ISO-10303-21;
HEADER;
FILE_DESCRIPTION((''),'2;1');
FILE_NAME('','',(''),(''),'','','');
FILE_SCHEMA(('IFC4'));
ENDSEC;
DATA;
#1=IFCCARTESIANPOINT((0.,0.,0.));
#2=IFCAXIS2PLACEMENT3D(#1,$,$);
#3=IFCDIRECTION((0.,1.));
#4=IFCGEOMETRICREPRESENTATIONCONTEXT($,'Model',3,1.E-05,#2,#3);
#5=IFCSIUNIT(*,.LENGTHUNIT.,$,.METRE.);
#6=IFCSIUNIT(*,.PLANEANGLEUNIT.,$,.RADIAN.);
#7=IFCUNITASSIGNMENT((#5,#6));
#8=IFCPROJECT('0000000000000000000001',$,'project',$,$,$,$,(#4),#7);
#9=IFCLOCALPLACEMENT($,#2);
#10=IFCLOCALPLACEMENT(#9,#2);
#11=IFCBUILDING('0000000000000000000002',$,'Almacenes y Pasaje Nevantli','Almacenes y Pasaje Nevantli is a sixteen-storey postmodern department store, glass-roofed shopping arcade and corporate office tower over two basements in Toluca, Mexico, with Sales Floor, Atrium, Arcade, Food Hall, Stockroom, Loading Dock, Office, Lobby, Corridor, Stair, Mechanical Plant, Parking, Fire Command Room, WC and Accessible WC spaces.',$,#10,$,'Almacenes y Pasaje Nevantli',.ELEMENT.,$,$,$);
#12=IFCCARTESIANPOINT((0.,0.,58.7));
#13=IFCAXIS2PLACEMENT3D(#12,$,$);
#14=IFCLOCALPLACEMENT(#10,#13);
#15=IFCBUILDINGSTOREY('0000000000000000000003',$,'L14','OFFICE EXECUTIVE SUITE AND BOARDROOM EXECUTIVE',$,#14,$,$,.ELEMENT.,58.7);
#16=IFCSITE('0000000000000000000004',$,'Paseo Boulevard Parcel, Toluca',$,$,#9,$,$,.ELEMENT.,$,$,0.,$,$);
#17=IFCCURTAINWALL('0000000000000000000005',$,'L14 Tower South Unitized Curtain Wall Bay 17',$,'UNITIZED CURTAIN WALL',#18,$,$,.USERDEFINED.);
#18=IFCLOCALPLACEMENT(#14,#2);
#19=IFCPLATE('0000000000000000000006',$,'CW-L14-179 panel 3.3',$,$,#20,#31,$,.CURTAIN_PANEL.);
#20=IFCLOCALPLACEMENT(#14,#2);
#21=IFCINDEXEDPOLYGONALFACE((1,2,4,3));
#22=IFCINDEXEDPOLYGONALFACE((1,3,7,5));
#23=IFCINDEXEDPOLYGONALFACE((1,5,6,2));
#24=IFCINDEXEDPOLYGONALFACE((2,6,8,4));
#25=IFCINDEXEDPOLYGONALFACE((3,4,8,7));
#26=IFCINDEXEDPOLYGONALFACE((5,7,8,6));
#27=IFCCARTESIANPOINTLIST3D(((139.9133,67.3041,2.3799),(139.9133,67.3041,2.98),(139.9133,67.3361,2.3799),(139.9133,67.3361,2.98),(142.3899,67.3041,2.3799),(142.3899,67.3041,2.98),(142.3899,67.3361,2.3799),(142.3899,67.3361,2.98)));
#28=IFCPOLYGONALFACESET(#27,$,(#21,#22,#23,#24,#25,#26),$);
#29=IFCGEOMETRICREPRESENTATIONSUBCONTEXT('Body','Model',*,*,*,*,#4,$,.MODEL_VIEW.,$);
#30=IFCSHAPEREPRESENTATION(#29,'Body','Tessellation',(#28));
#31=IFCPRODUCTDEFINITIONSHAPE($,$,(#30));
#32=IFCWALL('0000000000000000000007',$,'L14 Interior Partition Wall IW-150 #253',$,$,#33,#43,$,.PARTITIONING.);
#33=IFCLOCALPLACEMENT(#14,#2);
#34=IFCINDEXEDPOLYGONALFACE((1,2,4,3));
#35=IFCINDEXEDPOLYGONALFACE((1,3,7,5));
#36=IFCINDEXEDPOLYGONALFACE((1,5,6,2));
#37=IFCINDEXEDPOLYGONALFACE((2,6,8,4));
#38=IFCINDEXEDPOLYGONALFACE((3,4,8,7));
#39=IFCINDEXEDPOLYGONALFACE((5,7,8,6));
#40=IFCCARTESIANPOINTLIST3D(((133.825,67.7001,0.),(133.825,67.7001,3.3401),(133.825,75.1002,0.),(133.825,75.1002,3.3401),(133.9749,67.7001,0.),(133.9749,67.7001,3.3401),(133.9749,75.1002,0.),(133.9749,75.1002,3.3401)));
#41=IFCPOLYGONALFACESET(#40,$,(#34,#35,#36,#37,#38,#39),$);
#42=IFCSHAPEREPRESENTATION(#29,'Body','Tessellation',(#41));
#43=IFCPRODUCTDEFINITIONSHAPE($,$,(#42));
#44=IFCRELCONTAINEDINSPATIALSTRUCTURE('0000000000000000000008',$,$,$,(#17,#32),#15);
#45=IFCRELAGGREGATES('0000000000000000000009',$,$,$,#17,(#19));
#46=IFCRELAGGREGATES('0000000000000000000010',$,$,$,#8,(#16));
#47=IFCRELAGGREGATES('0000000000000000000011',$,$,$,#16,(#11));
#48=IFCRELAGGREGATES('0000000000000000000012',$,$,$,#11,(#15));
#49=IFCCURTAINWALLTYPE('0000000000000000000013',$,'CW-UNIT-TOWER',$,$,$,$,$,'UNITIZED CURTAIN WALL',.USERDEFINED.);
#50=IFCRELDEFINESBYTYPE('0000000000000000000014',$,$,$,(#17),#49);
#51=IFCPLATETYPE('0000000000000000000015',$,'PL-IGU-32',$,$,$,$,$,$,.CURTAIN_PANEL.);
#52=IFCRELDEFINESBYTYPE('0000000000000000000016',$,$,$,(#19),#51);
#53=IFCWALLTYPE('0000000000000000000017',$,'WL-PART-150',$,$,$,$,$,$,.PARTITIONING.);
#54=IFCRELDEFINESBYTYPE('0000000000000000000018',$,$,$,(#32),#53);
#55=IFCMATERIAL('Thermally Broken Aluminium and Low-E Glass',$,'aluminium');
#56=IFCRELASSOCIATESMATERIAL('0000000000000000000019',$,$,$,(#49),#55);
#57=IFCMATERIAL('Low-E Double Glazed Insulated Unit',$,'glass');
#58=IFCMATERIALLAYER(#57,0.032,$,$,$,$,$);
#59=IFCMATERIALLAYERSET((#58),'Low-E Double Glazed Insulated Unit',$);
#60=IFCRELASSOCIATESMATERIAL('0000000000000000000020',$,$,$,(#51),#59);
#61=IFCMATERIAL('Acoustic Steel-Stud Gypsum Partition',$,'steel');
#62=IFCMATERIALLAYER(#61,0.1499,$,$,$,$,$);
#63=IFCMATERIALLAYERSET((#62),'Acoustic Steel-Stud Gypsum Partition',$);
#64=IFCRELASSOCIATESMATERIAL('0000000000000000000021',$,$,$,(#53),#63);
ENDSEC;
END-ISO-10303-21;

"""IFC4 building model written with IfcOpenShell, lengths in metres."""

from ifc_helpers import new_model, si_unit, direction, frame, frame_2d, origin, origin_2d, place, context, subcontext, project, spatial, rectangle, extrude, material, layer, layer_set, type_object, element, aggregate, save


model = new_model("IFC4")

# Units and contexts
model_context = context("Model", 3, precision=1e-05, world=origin(), true_north=direction((0.0, 1.0)))
body_context = subcontext(model_context, "Body", "Model", "MODEL_VIEW")
ifc_project = project(units=[si_unit("LENGTHUNIT", "METRE"), si_unit("PLANEANGLEUNIT", "RADIAN")], contexts=[model_context])

# Site, building, storey
site_placement = place(None, origin())
site = spatial("IfcSite", under=ifc_project, at=site_placement, Name="Paseo Boulevard Parcel, Toluca", CompositionType="ELEMENT", RefElevation=0.0)
building_placement = place(site_placement, origin())
building = spatial("IfcBuilding", under=site, at=building_placement, Name="Almacenes y Pasaje Nevantli", Description="Almacenes y Pasaje Nevantli is a sixteen-storey postmodern department store, glass-roofed shopping arcade and corporate office tower over two basements in Toluca, Mexico, with Sales Floor, Atrium, Arcade, Food Hall, Stockroom, Loading Dock, Office, Lobby, Corridor, Stair, Mechanical Plant, Parking, Fire Command Room, WC and Accessible WC spaces.", LongName="Almacenes y Pasaje Nevantli", CompositionType="ELEMENT")
storey_placement = place(building_placement, frame((0.0, 0.0, 58.7)))
storey = spatial("IfcBuildingStorey", under=building, at=storey_placement, Name="L14", Description="OFFICE EXECUTIVE SUITE AND BOARDROOM EXECUTIVE", CompositionType="ELEMENT", Elevation=58.7)

# Curtain wall, plate
ifc_material_1 = material(Name="Thermally Broken Aluminium and Low-E Glass", Category="aluminium")
curtain_wall_type = type_object("IfcCurtainWallType", Name="CW-UNIT-TOWER", ElementType="UNITIZED CURTAIN WALL", PredefinedType="USERDEFINED", material=ifc_material_1)
curtain_wall_placement = place(storey_placement, origin())
curtain_wall = element("IfcCurtainWall", 1, at=curtain_wall_placement, inside=storey, type_object=curtain_wall_type, Name="L14 Tower South Unitized Curtain Wall Bay 17", ObjectType="UNITIZED CURTAIN WALL", PredefinedType="USERDEFINED")
ifc_material_2 = material(Name="Low-E Double Glazed Insulated Unit", Category="glass")
ifc_layer_1 = layer(ifc_material_2, 0.032)
ifc_layer_set_1 = layer_set([ifc_layer_1], Name="Low-E Double Glazed Insulated Unit")
plate_type = type_object("IfcPlateType", Name="PL-IGU-32", PredefinedType="CURTAIN_PANEL", material=ifc_layer_set_1)
plate_1_placement = place(storey_placement, frame((141.1516, 67.3201, 2.3799), z_axis=(0.0, 0.0, 1.0), x_axis=(1.0, 0.0, 0.0)))
plate_1 = element("IfcPlate", 2, at=plate_1_placement, type_object=plate_type, Name="CW-L14-179 panel 3.3", PredefinedType="CURTAIN_PANEL", context=body_context, shape_type="SweptSolid", body=[
    extrude(rectangle(XDim=2.4766, YDim=0.032, at=origin_2d()), origin(), (0.0, 0.0, 1.0), 0.6001),
])
aggregate(curtain_wall, [plate_1])

# Wall
ifc_material_3 = material(Name="Acoustic Steel-Stud Gypsum Partition", Category="steel")
ifc_layer_2 = layer(ifc_material_3, 0.1499)
ifc_layer_set_2 = layer_set([ifc_layer_2], Name="Acoustic Steel-Stud Gypsum Partition")
wall_type = type_object("IfcWallType", Name="WL-PART-150", PredefinedType="PARTITIONING", material=ifc_layer_set_2)
wall_placement = place(storey_placement, frame((133.8999, 67.7, 0.0), z_axis=(0.0, 0.0, 1.0), x_axis=(0.0, 1.0, 0.0)))
element("IfcWall", 3, at=wall_placement, inside=storey, type_object=wall_type, Name="L14 Interior Partition Wall IW-150 #253", PredefinedType="PARTITIONING", context=body_context, shape_type="SweptSolid", body=[
    extrude(rectangle(XDim=7.4001, YDim=0.1499, at=frame_2d((3.7002, 0.0))), origin(), (0.0, 0.0, 1.0), 3.3401),
])

save(model, "model.ifc")
